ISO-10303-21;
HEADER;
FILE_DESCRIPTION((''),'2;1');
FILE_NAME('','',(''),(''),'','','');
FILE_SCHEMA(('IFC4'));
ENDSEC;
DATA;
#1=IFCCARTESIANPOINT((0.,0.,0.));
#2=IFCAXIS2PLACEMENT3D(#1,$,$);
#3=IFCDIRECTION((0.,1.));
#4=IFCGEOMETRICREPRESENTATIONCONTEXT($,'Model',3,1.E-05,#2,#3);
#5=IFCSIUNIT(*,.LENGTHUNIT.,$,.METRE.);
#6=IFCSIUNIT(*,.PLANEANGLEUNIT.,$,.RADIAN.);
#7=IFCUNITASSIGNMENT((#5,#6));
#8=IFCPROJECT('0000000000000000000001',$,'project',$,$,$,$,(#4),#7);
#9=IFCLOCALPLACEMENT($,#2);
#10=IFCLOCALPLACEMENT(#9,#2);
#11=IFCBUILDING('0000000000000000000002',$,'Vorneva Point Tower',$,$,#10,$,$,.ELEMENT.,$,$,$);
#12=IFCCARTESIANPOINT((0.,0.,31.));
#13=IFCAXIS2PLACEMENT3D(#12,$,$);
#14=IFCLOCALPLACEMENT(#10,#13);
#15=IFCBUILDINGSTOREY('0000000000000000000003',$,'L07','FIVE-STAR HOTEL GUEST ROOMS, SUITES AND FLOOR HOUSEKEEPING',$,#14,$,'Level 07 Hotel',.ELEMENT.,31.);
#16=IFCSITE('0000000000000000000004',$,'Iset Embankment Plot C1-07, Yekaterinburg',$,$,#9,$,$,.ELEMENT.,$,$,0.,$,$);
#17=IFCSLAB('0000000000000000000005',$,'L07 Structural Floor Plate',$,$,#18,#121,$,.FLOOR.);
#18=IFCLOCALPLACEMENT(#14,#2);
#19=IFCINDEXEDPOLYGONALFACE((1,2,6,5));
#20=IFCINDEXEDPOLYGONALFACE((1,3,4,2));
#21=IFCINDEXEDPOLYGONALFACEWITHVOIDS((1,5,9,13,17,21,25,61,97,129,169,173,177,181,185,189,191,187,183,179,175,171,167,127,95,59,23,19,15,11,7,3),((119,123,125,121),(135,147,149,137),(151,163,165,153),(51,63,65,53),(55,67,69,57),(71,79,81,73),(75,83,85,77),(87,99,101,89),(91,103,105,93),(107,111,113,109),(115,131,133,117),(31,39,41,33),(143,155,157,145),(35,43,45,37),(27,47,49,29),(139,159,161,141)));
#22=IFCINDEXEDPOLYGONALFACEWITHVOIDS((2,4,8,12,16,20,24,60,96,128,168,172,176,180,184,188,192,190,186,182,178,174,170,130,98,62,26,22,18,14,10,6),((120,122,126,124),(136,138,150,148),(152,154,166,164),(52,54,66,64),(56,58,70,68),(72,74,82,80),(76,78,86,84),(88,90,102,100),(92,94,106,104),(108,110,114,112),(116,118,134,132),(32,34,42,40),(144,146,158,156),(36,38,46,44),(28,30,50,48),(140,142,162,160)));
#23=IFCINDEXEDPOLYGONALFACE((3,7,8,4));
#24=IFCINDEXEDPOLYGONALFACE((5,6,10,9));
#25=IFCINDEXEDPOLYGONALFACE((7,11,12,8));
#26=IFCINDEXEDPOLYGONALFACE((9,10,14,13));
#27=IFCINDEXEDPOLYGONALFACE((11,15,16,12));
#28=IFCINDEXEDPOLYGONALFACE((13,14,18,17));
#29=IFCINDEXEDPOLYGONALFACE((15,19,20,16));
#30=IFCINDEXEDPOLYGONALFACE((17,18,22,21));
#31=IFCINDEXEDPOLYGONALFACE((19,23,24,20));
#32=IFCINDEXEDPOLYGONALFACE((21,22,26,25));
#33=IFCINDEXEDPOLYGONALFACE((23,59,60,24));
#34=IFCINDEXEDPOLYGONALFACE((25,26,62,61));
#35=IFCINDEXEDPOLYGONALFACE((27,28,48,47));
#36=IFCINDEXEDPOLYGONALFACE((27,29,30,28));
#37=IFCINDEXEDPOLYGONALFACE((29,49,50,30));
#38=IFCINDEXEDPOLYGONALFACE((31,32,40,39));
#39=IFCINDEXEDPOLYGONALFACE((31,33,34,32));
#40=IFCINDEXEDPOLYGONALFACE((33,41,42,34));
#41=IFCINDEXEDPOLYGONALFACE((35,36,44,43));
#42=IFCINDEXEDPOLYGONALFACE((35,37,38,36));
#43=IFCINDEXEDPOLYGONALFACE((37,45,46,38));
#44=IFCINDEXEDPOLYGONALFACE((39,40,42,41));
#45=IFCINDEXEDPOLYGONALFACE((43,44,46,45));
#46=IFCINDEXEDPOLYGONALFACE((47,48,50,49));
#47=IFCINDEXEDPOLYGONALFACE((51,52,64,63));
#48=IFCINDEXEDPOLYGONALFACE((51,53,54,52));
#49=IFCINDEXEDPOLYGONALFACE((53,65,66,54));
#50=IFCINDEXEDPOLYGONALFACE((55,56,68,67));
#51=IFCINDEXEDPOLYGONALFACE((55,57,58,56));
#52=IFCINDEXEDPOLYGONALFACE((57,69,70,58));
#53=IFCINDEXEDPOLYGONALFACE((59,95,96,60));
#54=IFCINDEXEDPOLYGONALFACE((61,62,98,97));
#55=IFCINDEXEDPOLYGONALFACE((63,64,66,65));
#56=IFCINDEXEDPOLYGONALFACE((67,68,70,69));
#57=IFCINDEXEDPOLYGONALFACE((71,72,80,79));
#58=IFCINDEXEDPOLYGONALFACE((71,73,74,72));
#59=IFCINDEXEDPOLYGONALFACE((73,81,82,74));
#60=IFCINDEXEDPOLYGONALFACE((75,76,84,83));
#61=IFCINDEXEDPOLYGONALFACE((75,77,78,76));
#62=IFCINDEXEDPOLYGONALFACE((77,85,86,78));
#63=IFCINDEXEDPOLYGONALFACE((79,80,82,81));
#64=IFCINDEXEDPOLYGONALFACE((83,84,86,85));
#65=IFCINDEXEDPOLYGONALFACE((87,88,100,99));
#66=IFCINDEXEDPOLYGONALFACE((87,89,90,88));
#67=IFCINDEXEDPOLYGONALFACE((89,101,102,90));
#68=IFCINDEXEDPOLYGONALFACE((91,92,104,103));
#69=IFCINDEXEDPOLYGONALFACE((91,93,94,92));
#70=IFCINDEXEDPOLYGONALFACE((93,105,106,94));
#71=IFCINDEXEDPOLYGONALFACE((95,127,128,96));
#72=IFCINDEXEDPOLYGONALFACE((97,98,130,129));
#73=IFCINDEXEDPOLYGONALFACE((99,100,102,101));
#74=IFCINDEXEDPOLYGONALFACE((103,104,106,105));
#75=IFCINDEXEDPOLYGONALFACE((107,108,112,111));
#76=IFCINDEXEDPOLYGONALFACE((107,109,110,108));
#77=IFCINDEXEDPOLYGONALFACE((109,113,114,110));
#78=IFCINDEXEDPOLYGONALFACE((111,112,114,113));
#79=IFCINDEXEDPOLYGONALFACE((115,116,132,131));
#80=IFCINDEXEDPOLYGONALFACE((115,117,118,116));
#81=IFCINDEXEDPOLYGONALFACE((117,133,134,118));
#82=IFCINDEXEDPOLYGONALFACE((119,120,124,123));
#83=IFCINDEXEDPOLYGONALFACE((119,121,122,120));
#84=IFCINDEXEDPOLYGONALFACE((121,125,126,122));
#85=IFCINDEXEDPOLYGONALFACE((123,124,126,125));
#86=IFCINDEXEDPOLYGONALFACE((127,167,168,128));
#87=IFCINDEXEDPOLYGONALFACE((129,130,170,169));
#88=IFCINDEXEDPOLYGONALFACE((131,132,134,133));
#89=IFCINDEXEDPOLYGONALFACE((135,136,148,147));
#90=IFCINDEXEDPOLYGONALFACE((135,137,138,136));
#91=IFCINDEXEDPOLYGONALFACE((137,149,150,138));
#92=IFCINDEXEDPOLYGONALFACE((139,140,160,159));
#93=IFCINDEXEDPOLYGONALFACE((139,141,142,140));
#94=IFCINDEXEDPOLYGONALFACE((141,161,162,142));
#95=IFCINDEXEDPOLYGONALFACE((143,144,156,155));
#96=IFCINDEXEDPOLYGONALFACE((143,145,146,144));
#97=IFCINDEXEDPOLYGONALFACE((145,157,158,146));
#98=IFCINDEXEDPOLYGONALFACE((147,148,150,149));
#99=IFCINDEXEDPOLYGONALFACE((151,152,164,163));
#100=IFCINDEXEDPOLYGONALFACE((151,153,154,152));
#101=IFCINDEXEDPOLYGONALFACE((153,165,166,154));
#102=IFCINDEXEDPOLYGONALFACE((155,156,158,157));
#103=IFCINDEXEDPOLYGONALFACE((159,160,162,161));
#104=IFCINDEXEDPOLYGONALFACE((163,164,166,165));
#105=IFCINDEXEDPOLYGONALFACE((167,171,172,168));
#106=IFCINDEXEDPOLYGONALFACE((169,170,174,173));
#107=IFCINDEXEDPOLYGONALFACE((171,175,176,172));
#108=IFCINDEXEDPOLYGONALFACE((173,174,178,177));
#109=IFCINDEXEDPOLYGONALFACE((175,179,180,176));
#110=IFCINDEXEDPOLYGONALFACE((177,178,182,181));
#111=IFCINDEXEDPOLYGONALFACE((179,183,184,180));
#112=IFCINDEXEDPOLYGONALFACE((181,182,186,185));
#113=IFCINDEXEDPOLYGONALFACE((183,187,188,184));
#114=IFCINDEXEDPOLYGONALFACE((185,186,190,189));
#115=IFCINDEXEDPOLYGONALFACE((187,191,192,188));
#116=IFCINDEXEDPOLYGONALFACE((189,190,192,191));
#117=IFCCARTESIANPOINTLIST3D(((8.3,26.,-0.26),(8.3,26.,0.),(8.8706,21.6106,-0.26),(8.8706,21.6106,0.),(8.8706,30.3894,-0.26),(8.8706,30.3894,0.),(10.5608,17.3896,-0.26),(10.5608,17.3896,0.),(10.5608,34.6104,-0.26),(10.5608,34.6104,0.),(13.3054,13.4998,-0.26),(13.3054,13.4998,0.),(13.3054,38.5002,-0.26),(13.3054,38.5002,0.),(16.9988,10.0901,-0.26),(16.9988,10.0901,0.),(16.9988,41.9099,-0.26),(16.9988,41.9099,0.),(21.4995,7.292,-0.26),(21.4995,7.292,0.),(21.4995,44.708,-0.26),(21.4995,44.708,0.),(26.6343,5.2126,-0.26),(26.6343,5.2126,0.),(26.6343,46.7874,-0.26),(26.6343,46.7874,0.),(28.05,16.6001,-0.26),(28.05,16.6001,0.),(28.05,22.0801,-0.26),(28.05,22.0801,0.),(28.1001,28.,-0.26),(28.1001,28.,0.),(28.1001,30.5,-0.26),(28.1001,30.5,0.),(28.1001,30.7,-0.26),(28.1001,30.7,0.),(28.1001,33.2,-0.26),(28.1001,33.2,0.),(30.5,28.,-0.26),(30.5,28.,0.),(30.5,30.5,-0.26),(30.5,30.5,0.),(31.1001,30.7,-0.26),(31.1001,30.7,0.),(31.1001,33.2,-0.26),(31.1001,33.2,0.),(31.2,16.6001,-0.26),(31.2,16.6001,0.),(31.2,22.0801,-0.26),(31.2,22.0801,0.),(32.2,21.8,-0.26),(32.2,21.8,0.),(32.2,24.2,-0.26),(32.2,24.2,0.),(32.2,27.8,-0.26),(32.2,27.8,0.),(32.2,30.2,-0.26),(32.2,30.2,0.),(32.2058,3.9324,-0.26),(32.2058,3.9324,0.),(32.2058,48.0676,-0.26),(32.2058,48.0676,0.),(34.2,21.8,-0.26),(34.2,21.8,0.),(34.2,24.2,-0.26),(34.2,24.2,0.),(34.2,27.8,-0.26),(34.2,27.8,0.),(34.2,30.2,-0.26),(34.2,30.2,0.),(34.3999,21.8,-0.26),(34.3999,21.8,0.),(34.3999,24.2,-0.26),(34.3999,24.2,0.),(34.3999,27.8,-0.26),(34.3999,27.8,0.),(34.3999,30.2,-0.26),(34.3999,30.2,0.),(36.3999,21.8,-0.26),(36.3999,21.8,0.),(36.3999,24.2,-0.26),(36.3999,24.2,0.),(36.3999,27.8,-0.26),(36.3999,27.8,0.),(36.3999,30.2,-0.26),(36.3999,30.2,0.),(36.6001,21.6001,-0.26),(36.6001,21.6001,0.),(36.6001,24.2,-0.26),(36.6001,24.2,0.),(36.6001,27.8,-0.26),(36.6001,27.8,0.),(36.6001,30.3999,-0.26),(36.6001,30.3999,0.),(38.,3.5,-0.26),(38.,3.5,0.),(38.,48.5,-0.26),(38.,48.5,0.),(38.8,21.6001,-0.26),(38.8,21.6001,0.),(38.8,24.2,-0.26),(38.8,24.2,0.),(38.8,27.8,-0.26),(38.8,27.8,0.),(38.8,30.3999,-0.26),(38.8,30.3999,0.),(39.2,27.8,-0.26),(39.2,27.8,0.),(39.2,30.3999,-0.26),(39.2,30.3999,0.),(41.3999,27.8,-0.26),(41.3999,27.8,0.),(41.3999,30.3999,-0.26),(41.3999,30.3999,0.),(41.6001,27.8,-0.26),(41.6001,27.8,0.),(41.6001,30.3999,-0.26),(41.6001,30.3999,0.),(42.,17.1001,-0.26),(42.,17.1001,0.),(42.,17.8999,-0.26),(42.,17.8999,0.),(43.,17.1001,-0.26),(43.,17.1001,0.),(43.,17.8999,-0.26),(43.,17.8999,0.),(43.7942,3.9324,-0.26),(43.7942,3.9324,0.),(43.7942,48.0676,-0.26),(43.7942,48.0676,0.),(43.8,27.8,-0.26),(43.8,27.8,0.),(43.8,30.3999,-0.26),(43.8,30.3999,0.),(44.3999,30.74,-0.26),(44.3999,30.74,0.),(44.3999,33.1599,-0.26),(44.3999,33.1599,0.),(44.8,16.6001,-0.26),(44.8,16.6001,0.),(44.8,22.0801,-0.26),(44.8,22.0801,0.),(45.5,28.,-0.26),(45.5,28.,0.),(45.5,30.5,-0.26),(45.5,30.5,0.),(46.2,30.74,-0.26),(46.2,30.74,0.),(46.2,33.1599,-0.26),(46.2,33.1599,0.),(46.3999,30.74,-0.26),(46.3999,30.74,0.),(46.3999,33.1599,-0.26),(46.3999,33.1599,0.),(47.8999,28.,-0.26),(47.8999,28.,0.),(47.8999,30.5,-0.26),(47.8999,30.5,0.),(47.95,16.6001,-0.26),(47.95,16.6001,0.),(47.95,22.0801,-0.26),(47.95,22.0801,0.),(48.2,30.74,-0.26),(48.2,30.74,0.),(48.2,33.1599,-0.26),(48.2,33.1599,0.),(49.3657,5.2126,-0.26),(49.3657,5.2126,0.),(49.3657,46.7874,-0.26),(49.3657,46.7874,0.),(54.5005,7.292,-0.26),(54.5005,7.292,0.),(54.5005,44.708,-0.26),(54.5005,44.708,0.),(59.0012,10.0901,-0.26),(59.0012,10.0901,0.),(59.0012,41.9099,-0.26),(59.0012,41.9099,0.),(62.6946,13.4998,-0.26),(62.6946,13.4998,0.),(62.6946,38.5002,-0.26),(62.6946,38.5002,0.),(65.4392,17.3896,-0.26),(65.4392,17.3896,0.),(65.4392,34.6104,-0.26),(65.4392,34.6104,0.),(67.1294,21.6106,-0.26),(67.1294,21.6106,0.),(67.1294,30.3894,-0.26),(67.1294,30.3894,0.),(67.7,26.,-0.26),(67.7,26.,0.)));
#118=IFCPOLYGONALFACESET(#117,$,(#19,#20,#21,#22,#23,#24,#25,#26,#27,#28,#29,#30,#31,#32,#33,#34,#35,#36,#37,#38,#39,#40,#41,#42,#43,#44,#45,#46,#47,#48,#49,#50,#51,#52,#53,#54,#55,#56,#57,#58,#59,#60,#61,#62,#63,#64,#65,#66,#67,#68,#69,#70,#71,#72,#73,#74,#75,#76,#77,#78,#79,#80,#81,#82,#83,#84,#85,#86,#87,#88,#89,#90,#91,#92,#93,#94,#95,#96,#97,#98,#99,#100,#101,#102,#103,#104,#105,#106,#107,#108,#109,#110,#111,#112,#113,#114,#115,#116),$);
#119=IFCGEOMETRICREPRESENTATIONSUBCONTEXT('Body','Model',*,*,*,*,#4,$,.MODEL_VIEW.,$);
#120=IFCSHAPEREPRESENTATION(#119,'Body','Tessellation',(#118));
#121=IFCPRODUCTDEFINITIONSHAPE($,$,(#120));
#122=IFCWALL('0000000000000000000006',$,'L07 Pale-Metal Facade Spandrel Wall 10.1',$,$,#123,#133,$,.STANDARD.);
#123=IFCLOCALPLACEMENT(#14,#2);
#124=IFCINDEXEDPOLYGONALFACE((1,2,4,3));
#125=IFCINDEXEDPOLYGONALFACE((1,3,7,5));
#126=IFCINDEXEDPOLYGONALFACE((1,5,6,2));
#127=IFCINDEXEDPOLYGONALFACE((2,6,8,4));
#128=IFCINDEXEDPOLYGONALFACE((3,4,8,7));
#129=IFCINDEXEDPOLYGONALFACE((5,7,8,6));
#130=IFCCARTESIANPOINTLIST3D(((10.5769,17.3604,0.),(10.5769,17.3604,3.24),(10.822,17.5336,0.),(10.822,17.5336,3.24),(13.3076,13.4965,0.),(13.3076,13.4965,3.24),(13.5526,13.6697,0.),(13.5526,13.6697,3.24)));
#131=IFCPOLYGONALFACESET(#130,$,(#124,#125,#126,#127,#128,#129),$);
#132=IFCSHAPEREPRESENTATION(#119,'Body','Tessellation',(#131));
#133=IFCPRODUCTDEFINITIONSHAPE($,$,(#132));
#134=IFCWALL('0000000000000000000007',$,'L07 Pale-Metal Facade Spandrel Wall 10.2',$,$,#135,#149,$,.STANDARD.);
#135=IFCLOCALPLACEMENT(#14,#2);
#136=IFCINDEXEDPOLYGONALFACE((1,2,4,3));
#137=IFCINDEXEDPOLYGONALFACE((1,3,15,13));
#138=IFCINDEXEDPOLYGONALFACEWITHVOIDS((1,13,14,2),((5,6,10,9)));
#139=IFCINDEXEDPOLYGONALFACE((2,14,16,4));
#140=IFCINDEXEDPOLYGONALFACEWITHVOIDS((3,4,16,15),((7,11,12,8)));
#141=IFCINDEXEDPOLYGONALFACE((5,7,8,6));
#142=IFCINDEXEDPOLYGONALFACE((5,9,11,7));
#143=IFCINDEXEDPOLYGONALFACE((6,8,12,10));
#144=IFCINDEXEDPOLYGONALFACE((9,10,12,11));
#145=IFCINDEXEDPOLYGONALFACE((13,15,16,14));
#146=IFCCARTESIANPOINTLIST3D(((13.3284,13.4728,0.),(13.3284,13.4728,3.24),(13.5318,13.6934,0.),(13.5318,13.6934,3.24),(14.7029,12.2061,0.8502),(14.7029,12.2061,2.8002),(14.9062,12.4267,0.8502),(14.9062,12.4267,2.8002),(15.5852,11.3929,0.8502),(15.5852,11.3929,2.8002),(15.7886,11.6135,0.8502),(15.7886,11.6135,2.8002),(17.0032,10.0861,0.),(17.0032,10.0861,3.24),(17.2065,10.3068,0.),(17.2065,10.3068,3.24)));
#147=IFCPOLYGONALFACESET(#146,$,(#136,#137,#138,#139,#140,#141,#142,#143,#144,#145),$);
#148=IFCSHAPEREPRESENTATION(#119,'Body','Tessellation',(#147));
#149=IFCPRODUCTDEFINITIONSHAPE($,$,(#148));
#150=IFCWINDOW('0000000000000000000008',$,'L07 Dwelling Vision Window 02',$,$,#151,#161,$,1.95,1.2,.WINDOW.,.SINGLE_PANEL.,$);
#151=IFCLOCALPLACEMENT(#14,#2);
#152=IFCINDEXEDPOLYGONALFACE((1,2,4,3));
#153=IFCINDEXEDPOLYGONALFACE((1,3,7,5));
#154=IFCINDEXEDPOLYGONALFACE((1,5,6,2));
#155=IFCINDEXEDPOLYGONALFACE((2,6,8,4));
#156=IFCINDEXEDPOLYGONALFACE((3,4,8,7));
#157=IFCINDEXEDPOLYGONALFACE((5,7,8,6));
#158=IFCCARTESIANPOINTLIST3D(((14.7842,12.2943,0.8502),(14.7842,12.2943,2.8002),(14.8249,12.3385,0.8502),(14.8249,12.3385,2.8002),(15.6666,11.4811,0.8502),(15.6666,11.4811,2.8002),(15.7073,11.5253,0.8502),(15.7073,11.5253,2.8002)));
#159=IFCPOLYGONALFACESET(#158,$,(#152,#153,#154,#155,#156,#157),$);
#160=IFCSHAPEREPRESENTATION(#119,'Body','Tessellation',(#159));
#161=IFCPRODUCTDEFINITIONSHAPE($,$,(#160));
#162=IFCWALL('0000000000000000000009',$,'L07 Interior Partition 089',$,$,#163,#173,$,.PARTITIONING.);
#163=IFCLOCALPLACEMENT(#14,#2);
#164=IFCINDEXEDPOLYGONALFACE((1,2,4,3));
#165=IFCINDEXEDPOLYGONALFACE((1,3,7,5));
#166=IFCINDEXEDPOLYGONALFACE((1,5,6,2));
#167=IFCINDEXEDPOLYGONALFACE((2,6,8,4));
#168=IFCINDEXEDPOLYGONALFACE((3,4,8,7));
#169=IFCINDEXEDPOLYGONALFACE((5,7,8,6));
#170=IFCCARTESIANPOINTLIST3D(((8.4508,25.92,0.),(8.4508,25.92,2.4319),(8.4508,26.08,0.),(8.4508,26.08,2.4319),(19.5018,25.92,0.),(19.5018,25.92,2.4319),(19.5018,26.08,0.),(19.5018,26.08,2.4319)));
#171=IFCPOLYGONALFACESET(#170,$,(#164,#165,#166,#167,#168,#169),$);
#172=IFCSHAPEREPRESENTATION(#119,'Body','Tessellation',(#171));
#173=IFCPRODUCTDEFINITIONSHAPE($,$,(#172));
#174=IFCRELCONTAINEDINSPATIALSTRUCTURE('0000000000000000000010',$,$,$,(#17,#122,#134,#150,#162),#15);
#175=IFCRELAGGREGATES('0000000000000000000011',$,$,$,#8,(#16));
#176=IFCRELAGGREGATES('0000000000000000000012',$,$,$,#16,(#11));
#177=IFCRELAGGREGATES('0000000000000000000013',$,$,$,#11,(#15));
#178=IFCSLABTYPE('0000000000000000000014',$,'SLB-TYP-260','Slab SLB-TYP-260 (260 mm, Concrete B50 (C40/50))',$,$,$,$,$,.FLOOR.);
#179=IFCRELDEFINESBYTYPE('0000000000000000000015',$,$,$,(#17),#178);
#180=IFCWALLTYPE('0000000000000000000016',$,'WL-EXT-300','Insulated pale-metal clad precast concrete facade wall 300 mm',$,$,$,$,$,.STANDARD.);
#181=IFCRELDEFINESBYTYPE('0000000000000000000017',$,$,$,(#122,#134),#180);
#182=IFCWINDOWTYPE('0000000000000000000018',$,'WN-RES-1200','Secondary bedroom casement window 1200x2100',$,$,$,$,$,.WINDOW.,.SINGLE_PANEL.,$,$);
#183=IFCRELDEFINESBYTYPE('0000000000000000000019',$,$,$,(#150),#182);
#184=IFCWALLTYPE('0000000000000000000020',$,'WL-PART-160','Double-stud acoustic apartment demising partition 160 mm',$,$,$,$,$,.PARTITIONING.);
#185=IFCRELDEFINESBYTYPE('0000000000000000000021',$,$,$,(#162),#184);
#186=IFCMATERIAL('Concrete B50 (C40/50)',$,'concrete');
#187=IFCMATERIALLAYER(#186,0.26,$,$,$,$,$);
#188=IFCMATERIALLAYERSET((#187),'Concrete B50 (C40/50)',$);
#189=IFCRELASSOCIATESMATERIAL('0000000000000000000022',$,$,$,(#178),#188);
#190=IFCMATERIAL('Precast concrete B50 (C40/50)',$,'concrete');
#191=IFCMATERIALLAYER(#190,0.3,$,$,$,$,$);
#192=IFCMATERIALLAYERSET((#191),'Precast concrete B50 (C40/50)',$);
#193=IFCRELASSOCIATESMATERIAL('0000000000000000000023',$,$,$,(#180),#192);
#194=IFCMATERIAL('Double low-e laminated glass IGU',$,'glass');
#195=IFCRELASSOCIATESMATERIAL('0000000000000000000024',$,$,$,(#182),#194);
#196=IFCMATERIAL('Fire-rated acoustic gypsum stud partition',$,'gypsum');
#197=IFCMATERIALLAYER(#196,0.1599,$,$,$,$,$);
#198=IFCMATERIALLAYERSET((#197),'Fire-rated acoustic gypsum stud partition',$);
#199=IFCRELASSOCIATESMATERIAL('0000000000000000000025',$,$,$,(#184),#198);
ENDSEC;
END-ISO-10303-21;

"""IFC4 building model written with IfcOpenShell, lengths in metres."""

from ifc_helpers import new_model, si_unit, direction, frame, frame_2d, origin, place, context, subcontext, project, spatial, polyline, rectangle, outline, extrude, material, layer, layer_set, type_object, element, fill, save


model = new_model("IFC4")

# Units and contexts
model_context = context("Model", 3, precision=1e-05, world=origin(), true_north=direction((0.0, 1.0)))
body_context = subcontext(model_context, "Body", "Model", "MODEL_VIEW")
ifc_project = project(units=[si_unit("LENGTHUNIT", "METRE"), si_unit("PLANEANGLEUNIT", "RADIAN")], contexts=[model_context])

# Site, building, storey
site_placement = place(None, origin())
site = spatial("IfcSite", under=ifc_project, at=site_placement, Name="Iset Embankment Plot C1-07, Yekaterinburg", CompositionType="ELEMENT", RefElevation=0.0)
building_placement = place(site_placement, origin())
building = spatial("IfcBuilding", under=site, at=building_placement, Name="Vorneva Point Tower", CompositionType="ELEMENT")
storey_placement = place(building_placement, frame((0.0, 0.0, 31.0)))
storey = spatial("IfcBuildingStorey", under=building, at=storey_placement, Name="L07", Description="FIVE-STAR HOTEL GUEST ROOMS, SUITES AND FLOOR HOUSEKEEPING", LongName="Level 07 Hotel", CompositionType="ELEMENT", Elevation=31.0)

# Shared definitions
ifc_material_1 = material(Name="Double low-e laminated glass IGU", Category="glass")

# Shared definitions
ifc_material_2 = material(Name="Concrete B50 (C40/50)", Category="concrete")

# Slab
ifc_layer_1 = layer(ifc_material_2, 0.26)
ifc_layer_set_1 = layer_set([ifc_layer_1], Name="Concrete B50 (C40/50)")
slab_type_1 = type_object("IfcSlabType", Name="SLB-TYP-260", Description="Slab SLB-TYP-260 (260 mm, Concrete B50 (C40/50))", PredefinedType="FLOOR", material=ifc_layer_set_1)
slab_1_placement = place(storey_placement, frame((0.0, 0.0, -0.26)))
element("IfcSlab", 1, at=slab_1_placement, inside=storey, type_object=slab_type_1, Name="L07 Structural Floor Plate", PredefinedType="FLOOR", context=body_context, shape_type="SweptSolid", body=[
    extrude(outline(polyline([(67.7, 26.0), (67.1294, 30.3894), (65.4392, 34.6104), (62.6946, 38.5002), (59.0012, 41.9099), (54.5005, 44.708), (49.3657, 46.7874), (43.7942, 48.0676), (38.0, 48.5), (32.2058, 48.0676), (26.6343, 46.7874), (21.4995, 44.708), (16.9988, 41.9099), (13.3054, 38.5002), (10.5608, 34.6104), (8.8706, 30.3894), (8.3, 26.0), (8.8706, 21.6106), (10.5608, 17.3896), (13.3054, 13.4998), (16.9988, 10.0901), (21.4995, 7.292), (26.6343, 5.2126), (32.2058, 3.9324), (38.0, 3.5), (43.7942, 3.9324), (49.3657, 5.2126), (54.5005, 7.292), (59.0012, 10.0901), (62.6946, 13.4998), (65.4392, 17.3896), (67.1294, 21.6106), (67.7, 26.0)]), holes=[polyline([(32.2, 27.8), (34.2, 27.8), (34.2, 30.2), (32.2, 30.2), (32.2, 27.8)]), polyline([(34.3999, 27.8), (36.3999, 27.8), (36.3999, 30.2), (34.3999, 30.2), (34.3999, 27.8)]), polyline([(36.6001, 27.8), (38.8, 27.8), (38.8, 30.3999), (36.6001, 30.3999), (36.6001, 27.8)]), polyline([(32.2, 21.8), (34.2, 21.8), (34.2, 24.2), (32.2, 24.2), (32.2, 21.8)]), polyline([(34.3999, 21.8), (36.3999, 21.8), (36.3999, 24.2), (34.3999, 24.2), (34.3999, 21.8)]), polyline([(36.6001, 21.6001), (38.8, 21.6001), (38.8, 24.2), (36.6001, 24.2), (36.6001, 21.6001)]), polyline([(39.2, 27.8), (41.3999, 27.8), (41.3999, 30.3999), (39.2, 30.3999), (39.2, 27.8)]), polyline([(41.6001, 27.8), (43.8, 27.8), (43.8, 30.3999), (41.6001, 30.3999), (41.6001, 27.8)]), polyline([(44.3999, 30.74), (46.2, 30.74), (46.2, 33.1599), (44.3999, 33.1599), (44.3999, 30.74)]), polyline([(46.3999, 30.74), (48.2, 30.74), (48.2, 33.1599), (46.3999, 33.1599), (46.3999, 30.74)]), polyline([(28.1001, 28.0), (30.5, 28.0), (30.5, 30.5), (28.1001, 30.5), (28.1001, 28.0)]), polyline([(45.5, 28.0), (47.8999, 28.0), (47.8999, 30.5), (45.5, 30.5), (45.5, 28.0)]), polyline([(28.1001, 30.7), (31.1001, 30.7), (31.1001, 33.2), (28.1001, 33.2), (28.1001, 30.7)]), polyline([(28.05, 16.6001), (31.2, 16.6001), (31.2, 22.0801), (28.05, 22.0801), (28.05, 16.6001)]), polyline([(44.8, 16.6001), (47.95, 16.6001), (47.95, 22.0801), (44.8, 22.0801), (44.8, 16.6001)]), polyline([(42.0, 17.1001), (43.0, 17.1001), (43.0, 17.8999), (42.0, 17.8999), (42.0, 17.1001)])]), origin(), (0.0, 0.0, 1.0), 0.26),
])

# Wall
ifc_material_3 = material(Name="Precast concrete B50 (C40/50)", Category="concrete")
ifc_layer_2 = layer(ifc_material_3, 0.3)
ifc_layer_set_2 = layer_set([ifc_layer_2], Name="Precast concrete B50 (C40/50)")
wall_type_1 = type_object("IfcWallType", Name="WL-EXT-300", Description="Insulated pale-metal clad precast concrete facade wall 300 mm", PredefinedType="STANDARD", material=ifc_layer_set_2)
wall_1_placement = place(storey_placement, frame((10.6995, 17.447, 0.0), z_axis=(0.0, 0.0, 1.0), x_axis=(0.577131, -0.816652, 0.0)))
element("IfcWall", 2, at=wall_1_placement, inside=storey, type_object=wall_type_1, Name="L07 Pale-Metal Facade Spandrel Wall 10.1", PredefinedType="STANDARD", context=body_context, shape_type="SweptSolid", body=[
    extrude(rectangle(XDim=4.7314, YDim=0.3, at=frame_2d((2.3657, 0.0))), origin(), (0.0, 0.0, 1.0), 3.24),
])

# Wall, opening, window
wall_2_placement = place(storey_placement, frame((13.4302, 13.583, 0.0), z_axis=(0.0, 0.0, 1.0), x_axis=(0.735343, -0.677696, 0.0)))
wall_2 = element("IfcWall", 3, at=wall_2_placement, inside=storey, type_object=wall_type_1, Name="L07 Pale-Metal Facade Spandrel Wall 10.2", PredefinedType="STANDARD", context=body_context, shape_type="SweptSolid", body=[
    extrude(rectangle(XDim=4.9973, YDim=0.3, at=frame_2d((2.4985, 0.0))), origin(), (0.0, 0.0, 1.0), 3.24),
])
opening_placement = place(wall_2_placement, frame((1.8689, 0.0, 0.8501)))
opening = element("IfcOpeningElement", 4, at=opening_placement, cuts=wall_2, PredefinedType="OPENING", context=body_context, shape_type="SweptSolid", body=[
    extrude(rectangle(XDim=1.2, YDim=1.95, at=frame_2d((0.6001, 0.9751))), frame((0.0, 0.165, 0.0), z_axis=(0.0, -1.0, 0.0), x_axis=(1.0, 0.0, 0.0)), (0.0, 0.0, 1.0), 0.3298),
])
window_type = type_object("IfcWindowType", Name="WN-RES-1200", Description="Secondary bedroom casement window 1200x2100", PartitioningType="SINGLE_PANEL", PredefinedType="WINDOW", material=ifc_material_1)
window_placement = place(opening_placement, origin())
window = element("IfcWindow", 5, at=window_placement, inside=storey, type_object=window_type, Name="L07 Dwelling Vision Window 02", OverallHeight=1.95, OverallWidth=1.2, PartitioningType="SINGLE_PANEL", PredefinedType="WINDOW", context=body_context, shape_type="SweptSolid", body=[
    extrude(rectangle(XDim=1.2, YDim=1.95, at=frame_2d((0.6001, 0.9751))), frame((0.0, 0.03, 0.0), z_axis=(0.0, -1.0, 0.0), x_axis=(1.0, 0.0, 0.0)), (0.0, 0.0, 1.0), 0.0601),
])
fill(opening, window)

# Wall
ifc_material_4 = material(Name="Fire-rated acoustic gypsum stud partition", Category="gypsum")
ifc_layer_3 = layer(ifc_material_4, 0.1599)
ifc_layer_set_3 = layer_set([ifc_layer_3], Name="Fire-rated acoustic gypsum stud partition")
wall_type_2 = type_object("IfcWallType", Name="WL-PART-160", Description="Double-stud acoustic apartment demising partition 160 mm", PredefinedType="PARTITIONING", material=ifc_layer_set_3)
wall_3_placement = place(storey_placement, frame((8.4509, 26.0, 0.0), z_axis=(0.0, 0.0, 1.0), x_axis=(1.0, 0.0, 0.0)))
element("IfcWall", 6, at=wall_3_placement, inside=storey, type_object=wall_type_2, Name="L07 Interior Partition 089", PredefinedType="PARTITIONING", context=body_context, shape_type="SweptSolid", body=[
    extrude(rectangle(XDim=11.051, YDim=0.1599, at=frame_2d((5.5254, 0.0))), origin(), (0.0, 0.0, 1.0), 2.4319),
])

save(model, "model.ifc")
